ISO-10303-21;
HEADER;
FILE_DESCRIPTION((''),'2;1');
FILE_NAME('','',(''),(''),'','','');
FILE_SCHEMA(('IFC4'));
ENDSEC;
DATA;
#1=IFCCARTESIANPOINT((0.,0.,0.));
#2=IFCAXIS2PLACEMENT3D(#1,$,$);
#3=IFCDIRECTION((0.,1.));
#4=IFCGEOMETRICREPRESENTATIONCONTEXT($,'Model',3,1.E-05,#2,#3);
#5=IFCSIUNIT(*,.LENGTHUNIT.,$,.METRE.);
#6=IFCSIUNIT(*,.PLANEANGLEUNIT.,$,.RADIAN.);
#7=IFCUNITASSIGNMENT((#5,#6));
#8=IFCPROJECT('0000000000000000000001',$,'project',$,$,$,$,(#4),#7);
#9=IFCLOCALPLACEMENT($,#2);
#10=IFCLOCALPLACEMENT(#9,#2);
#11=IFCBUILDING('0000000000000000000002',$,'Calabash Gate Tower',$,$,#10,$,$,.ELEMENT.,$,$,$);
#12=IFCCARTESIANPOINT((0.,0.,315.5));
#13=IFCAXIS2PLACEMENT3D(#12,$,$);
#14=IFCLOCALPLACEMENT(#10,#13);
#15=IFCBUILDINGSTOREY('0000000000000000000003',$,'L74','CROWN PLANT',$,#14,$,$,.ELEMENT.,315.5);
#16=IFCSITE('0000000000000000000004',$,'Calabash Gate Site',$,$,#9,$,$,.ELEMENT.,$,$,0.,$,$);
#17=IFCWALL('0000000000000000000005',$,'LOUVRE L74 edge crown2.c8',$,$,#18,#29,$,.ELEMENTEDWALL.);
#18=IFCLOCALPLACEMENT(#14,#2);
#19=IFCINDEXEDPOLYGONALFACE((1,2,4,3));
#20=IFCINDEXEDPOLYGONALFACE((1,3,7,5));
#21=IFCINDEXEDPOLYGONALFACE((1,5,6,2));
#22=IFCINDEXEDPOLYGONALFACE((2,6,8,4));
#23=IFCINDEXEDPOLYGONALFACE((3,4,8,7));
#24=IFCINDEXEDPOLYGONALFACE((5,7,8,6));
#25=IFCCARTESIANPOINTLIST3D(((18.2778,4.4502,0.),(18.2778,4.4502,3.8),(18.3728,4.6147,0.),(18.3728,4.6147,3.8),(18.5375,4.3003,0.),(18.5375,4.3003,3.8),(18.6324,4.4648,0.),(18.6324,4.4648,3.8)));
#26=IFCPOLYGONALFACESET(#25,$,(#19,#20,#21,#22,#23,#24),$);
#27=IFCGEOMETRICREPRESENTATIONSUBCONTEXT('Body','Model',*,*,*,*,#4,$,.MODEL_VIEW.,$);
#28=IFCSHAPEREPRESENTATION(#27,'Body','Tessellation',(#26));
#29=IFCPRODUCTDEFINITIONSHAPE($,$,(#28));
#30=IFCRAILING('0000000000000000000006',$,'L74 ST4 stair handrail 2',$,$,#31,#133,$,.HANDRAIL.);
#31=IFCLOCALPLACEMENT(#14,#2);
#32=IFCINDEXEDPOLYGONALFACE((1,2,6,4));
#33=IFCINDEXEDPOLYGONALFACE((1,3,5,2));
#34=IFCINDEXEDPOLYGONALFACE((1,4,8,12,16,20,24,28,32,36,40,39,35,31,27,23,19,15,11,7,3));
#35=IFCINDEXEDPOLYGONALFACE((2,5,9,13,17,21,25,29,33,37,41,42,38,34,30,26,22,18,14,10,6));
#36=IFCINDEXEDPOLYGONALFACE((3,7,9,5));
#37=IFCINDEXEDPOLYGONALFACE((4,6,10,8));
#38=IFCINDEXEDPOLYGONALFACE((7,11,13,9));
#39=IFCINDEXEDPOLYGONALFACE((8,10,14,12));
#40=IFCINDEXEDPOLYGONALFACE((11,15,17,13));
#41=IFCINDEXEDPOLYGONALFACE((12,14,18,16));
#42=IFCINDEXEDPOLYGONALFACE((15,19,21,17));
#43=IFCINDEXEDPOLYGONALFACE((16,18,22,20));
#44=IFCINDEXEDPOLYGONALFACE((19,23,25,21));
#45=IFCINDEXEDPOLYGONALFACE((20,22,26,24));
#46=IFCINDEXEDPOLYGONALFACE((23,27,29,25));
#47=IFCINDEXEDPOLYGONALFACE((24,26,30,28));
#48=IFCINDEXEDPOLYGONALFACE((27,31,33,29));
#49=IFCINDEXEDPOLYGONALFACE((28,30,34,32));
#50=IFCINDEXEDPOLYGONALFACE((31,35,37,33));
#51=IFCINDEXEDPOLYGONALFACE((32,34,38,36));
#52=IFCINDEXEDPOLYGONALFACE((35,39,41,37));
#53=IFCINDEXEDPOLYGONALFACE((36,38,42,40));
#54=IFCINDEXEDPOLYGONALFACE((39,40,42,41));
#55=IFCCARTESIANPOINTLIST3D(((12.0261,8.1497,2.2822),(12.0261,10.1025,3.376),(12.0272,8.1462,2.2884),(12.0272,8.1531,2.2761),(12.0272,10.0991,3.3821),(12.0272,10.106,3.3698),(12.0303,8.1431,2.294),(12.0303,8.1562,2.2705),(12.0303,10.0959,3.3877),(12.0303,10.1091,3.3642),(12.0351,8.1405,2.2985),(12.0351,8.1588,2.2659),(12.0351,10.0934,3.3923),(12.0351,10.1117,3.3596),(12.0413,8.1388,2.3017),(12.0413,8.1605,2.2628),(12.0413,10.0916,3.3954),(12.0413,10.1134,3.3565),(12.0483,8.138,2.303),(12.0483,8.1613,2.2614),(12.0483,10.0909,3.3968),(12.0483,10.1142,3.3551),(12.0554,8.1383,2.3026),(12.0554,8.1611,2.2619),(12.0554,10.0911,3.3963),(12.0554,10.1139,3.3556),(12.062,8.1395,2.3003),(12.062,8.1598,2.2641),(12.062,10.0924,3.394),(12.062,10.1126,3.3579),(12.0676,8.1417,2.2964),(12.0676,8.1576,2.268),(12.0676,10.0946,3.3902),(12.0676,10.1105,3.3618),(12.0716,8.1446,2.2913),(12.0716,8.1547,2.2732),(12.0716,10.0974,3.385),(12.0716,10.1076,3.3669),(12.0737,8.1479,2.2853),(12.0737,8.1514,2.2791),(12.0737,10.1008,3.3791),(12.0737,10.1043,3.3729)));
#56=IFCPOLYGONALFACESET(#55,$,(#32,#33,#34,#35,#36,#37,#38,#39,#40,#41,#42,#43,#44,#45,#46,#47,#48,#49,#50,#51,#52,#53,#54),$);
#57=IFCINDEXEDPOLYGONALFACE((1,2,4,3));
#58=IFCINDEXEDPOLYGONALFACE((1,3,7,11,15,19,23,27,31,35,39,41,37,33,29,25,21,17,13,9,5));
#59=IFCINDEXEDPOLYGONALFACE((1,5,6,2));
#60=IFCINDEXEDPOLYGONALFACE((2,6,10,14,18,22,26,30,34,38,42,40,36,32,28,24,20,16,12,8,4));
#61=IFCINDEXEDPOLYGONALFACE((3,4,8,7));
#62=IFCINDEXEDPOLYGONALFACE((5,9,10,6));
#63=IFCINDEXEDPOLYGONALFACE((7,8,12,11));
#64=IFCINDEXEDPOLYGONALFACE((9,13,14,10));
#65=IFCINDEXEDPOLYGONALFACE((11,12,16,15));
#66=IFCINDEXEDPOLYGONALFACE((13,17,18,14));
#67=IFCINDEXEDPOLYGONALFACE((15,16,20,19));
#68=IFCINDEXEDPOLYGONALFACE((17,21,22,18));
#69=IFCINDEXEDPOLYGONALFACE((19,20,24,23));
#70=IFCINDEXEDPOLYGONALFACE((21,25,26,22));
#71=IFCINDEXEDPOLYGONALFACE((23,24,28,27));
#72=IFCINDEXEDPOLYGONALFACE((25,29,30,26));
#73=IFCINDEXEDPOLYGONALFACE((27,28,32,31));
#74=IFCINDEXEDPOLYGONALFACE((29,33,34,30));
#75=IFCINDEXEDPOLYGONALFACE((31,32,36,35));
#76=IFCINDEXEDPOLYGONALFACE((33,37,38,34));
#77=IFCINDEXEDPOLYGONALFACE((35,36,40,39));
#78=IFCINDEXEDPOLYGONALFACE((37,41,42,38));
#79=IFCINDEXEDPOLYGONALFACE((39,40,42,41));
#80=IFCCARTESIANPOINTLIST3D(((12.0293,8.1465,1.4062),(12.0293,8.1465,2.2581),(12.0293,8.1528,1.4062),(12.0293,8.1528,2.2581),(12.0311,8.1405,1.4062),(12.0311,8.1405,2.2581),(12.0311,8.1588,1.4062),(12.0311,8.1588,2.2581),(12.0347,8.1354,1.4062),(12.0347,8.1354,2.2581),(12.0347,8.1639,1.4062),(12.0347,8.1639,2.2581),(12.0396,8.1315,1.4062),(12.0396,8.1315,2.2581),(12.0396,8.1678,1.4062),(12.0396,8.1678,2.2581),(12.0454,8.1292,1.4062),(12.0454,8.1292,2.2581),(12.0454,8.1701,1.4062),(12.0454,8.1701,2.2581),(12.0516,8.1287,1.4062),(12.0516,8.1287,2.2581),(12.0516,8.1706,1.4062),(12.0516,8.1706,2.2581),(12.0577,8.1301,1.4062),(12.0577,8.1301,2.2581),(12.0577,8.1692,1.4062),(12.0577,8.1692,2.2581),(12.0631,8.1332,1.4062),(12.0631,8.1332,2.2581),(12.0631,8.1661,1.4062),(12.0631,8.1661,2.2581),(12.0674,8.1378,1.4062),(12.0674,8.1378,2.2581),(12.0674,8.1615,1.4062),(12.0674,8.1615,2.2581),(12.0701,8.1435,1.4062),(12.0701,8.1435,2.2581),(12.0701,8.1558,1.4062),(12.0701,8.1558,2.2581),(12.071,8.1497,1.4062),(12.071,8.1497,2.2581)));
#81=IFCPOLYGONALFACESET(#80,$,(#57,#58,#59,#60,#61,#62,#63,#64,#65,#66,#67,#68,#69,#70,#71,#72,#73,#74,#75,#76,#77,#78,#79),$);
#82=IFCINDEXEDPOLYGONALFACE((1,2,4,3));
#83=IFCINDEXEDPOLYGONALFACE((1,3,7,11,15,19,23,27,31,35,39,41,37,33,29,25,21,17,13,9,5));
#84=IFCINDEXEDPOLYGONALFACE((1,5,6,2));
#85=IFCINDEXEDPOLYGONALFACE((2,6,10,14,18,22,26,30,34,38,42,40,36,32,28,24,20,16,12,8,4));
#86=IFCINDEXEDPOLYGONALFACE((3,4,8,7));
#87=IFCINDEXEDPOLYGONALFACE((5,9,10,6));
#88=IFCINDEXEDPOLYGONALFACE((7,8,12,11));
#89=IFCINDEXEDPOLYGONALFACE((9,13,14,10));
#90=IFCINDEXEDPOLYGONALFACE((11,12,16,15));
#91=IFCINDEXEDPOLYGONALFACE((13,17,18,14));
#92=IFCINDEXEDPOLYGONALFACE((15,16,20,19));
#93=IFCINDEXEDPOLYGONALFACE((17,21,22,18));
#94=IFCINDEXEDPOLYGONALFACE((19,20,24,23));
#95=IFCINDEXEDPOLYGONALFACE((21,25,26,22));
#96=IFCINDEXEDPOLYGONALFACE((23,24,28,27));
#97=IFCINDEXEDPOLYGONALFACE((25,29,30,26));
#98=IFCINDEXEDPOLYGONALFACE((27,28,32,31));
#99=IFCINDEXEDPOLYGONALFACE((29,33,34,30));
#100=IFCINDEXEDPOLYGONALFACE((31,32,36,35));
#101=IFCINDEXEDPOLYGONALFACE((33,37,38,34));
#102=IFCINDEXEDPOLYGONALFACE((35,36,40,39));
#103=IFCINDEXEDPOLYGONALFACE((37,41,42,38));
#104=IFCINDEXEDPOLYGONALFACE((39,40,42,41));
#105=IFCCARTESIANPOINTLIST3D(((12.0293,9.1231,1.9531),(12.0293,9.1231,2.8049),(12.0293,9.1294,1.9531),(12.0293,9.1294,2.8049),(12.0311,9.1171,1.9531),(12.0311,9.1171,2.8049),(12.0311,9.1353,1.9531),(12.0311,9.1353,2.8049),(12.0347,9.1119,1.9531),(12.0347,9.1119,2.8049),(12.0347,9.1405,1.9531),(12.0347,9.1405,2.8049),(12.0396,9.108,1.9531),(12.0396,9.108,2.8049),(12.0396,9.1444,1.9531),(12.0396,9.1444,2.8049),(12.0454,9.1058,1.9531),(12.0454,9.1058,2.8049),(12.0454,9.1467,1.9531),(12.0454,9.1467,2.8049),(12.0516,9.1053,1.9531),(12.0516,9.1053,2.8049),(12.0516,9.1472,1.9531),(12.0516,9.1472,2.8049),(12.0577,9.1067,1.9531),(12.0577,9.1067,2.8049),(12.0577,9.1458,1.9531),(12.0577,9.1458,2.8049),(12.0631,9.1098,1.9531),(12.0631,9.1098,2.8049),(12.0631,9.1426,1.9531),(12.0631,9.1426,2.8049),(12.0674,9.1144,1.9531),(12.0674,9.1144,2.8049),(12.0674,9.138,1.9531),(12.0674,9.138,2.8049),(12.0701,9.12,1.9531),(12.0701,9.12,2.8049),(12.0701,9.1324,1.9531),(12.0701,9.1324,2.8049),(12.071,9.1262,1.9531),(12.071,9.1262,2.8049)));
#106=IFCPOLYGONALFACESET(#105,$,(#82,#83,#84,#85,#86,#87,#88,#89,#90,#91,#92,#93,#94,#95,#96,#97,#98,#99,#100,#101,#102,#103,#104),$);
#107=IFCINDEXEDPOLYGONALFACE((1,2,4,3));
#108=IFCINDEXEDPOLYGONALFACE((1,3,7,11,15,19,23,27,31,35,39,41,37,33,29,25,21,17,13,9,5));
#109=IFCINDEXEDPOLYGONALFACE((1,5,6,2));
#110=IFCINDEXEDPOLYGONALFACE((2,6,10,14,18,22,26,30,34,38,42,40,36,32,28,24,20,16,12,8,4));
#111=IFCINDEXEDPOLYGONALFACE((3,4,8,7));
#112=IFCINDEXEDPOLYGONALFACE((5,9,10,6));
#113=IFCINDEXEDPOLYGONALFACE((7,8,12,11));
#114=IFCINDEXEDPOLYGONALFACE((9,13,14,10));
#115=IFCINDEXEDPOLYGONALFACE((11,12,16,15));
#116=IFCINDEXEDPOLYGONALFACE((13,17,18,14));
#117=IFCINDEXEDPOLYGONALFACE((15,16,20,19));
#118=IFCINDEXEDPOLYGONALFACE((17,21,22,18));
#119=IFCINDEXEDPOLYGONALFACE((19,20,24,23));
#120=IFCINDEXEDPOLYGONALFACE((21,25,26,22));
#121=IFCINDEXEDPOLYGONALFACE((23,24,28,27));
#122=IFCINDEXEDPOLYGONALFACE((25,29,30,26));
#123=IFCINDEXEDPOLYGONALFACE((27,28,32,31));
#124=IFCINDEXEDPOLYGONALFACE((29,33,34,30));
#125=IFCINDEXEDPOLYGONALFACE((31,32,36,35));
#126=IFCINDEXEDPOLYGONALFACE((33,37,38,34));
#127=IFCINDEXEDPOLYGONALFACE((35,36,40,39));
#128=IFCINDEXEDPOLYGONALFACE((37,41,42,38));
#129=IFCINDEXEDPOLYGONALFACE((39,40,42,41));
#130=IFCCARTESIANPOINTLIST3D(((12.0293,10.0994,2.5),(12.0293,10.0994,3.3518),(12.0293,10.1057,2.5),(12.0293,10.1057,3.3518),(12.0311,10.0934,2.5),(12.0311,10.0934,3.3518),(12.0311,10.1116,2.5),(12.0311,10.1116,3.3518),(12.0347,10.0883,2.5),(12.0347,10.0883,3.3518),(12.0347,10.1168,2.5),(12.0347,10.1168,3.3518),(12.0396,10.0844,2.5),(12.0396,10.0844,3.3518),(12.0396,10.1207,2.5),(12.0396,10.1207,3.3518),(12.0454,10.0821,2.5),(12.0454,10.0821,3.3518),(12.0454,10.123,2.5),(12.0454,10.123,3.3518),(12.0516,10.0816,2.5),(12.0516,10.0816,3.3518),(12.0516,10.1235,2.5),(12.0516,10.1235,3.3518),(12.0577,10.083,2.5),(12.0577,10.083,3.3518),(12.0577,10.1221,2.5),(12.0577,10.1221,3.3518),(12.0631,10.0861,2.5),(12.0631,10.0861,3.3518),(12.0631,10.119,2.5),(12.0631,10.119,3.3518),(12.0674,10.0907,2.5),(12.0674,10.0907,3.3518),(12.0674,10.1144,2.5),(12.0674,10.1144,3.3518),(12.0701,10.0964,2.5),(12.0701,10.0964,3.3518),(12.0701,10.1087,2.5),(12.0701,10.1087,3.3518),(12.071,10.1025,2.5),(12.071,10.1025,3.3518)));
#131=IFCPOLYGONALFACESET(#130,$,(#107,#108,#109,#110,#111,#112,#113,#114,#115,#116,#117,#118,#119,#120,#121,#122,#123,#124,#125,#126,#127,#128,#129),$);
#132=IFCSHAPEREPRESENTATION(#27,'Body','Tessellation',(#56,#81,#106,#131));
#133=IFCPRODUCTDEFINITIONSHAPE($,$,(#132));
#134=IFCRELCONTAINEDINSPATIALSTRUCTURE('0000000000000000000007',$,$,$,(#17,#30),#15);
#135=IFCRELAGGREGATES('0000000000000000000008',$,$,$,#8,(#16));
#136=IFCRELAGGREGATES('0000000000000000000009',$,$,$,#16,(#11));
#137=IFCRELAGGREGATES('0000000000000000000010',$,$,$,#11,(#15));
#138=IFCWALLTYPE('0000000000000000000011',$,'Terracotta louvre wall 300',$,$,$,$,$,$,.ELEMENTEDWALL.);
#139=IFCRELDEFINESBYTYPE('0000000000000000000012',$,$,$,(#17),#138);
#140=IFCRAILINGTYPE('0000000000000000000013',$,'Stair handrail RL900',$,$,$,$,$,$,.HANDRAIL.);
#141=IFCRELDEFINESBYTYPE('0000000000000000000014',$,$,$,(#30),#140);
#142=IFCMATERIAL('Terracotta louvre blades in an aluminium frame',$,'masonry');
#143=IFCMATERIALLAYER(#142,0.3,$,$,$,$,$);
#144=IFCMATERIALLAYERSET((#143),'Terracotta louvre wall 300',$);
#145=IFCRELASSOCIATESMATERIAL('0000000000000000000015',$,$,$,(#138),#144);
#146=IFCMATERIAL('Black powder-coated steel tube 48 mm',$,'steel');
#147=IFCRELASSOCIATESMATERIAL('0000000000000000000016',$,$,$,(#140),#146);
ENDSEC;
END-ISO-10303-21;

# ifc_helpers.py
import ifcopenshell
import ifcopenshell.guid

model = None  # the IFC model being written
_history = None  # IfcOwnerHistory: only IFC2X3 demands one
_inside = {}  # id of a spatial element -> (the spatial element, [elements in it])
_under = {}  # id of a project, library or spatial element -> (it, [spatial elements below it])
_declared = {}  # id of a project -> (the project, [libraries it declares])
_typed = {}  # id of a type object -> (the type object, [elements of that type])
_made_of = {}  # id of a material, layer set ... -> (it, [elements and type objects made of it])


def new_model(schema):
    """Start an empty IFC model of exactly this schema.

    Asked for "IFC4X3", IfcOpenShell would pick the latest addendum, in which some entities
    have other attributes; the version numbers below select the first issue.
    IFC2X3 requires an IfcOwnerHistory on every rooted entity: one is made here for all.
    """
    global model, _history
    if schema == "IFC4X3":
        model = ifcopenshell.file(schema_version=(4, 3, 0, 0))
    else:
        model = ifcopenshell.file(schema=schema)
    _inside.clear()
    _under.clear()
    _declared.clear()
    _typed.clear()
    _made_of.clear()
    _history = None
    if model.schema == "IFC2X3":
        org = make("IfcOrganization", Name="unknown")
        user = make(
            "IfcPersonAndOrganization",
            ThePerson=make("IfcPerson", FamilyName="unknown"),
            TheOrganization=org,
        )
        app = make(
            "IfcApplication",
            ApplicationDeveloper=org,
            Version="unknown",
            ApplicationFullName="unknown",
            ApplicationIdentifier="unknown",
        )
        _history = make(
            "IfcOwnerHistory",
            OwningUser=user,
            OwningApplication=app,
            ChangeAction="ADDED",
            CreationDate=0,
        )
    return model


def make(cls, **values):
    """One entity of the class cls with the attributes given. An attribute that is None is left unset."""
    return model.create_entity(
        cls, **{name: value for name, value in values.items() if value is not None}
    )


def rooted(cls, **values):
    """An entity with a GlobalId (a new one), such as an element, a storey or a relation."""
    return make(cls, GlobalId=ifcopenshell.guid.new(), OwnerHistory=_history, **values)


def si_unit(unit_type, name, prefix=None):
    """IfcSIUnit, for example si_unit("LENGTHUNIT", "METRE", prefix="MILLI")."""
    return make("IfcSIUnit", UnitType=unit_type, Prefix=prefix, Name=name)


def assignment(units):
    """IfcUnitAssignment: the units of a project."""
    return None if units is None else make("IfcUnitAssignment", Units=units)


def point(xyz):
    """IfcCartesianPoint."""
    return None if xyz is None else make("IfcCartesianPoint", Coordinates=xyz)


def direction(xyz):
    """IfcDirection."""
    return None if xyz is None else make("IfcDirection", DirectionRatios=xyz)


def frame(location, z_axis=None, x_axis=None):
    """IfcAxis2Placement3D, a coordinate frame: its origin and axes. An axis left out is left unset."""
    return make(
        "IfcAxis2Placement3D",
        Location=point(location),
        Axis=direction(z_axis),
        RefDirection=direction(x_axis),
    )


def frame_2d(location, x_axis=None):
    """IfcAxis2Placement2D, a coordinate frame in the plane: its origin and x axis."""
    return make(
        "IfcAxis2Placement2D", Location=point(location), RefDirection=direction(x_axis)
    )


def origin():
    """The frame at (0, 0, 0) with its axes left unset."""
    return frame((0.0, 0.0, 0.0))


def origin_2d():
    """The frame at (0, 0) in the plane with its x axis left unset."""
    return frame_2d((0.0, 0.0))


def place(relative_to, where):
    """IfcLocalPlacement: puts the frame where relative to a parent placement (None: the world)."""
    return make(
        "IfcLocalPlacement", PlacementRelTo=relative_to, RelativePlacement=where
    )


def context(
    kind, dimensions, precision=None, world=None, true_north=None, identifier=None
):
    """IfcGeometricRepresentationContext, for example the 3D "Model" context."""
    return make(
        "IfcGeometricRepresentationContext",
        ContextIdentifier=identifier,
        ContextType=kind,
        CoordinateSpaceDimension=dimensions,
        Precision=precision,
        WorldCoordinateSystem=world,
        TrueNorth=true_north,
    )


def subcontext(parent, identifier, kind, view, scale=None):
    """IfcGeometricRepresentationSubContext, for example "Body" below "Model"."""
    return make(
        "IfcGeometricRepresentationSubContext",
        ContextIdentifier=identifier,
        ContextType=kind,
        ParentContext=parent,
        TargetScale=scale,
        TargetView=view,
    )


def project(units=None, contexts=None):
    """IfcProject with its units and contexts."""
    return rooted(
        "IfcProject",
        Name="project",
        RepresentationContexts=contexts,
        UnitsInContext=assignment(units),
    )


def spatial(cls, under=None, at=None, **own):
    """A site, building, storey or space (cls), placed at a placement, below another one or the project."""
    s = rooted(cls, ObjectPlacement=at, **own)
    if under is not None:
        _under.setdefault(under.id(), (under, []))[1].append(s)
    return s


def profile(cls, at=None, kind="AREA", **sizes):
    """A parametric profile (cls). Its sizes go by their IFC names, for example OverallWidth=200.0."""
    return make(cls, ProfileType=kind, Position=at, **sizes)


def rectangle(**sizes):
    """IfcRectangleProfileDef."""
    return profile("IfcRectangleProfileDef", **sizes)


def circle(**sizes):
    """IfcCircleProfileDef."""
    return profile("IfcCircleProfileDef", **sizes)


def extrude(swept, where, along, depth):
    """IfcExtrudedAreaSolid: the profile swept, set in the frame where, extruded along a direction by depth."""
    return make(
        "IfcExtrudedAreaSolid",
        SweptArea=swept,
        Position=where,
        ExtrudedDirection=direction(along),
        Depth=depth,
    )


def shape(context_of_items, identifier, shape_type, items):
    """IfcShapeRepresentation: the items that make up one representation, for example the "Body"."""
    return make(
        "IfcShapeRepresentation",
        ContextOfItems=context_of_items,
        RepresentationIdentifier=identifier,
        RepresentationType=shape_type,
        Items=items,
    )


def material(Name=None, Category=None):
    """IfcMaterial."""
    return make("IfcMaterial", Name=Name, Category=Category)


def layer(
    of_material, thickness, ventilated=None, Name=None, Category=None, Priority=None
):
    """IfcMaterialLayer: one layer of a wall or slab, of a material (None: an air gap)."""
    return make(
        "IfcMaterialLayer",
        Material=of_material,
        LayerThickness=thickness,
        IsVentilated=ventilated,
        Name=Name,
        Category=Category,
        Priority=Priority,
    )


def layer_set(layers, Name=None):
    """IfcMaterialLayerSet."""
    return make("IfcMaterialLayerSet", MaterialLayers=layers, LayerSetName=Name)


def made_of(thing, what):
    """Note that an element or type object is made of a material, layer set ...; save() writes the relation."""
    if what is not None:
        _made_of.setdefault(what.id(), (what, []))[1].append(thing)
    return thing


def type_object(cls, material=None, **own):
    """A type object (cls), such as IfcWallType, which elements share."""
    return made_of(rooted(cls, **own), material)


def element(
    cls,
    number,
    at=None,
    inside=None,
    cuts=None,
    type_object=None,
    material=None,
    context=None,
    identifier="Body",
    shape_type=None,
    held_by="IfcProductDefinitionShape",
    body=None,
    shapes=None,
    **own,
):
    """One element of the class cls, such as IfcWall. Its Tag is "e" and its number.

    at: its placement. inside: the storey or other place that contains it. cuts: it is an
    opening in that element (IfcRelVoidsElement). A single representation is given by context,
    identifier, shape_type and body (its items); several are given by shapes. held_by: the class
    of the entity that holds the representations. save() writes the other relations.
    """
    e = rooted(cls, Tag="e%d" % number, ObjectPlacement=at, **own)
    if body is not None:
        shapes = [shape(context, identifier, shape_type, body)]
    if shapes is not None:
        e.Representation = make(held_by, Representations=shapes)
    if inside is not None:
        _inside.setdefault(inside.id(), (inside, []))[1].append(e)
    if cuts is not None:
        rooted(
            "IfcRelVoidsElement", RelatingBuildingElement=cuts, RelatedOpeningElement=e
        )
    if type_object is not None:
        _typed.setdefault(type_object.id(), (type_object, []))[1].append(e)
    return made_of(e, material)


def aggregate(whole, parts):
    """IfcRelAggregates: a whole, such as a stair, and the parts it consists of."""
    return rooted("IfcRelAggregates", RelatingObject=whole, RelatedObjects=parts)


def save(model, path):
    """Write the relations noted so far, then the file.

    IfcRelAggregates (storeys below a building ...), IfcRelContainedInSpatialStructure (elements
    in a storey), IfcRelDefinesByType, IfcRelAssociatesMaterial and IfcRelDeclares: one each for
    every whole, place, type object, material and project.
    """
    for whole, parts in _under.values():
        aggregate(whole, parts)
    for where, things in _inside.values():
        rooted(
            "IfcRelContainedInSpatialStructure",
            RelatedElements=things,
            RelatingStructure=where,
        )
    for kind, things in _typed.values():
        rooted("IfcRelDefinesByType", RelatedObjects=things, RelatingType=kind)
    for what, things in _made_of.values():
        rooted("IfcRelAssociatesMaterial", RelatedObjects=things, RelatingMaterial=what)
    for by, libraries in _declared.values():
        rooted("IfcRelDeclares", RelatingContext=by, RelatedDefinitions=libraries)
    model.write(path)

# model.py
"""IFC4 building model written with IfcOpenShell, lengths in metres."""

from ifc_helpers import new_model, si_unit, direction, frame, frame_2d, origin, origin_2d, place, context, subcontext, project, spatial, rectangle, circle, extrude, material, layer, layer_set, type_object, element, save


model = new_model("IFC4")

# Units and contexts
model_context = context("Model", 3, precision=1e-05, world=origin(), true_north=direction((0.0, 1.0)))
body_context = subcontext(model_context, "Body", "Model", "MODEL_VIEW")
ifc_project = project(units=[si_unit("LENGTHUNIT", "METRE"), si_unit("PLANEANGLEUNIT", "RADIAN")], contexts=[model_context])

# Site, building, storey
site_placement = place(None, origin())
site = spatial("IfcSite", under=ifc_project, at=site_placement, Name="Calabash Gate Site", CompositionType="ELEMENT", RefElevation=0.0)
building_placement = place(site_placement, origin())
building = spatial("IfcBuilding", under=site, at=building_placement, Name="Calabash Gate Tower", CompositionType="ELEMENT")
storey_placement = place(building_placement, frame((0.0, 0.0, 315.5)))
storey = spatial("IfcBuildingStorey", under=building, at=storey_placement, Name="L74", Description="CROWN PLANT", CompositionType="ELEMENT", Elevation=315.5)

# Wall
ifc_material_1 = material(Name="Terracotta louvre blades in an aluminium frame", Category="masonry")
ifc_layer_1 = layer(ifc_material_1, 0.3)
ifc_layer_set_1 = layer_set([ifc_layer_1], Name="Terracotta louvre wall 300")
wall_type_1 = type_object("IfcWallType", Name="Terracotta louvre wall 300", PredefinedType="ELEMENTEDWALL", material=ifc_layer_set_1)
wall_1_placement = place(storey_placement, frame((18.585, 4.3826, 0.0), z_axis=(0.0, 0.0, 1.0), x_axis=(-0.866131, 0.499816, 0.0)))
element("IfcWall", 1, at=wall_1_placement, inside=storey, type_object=wall_type_1, Name="LOUVRE L74 edge crown2.c8", PredefinedType="ELEMENTEDWALL", context=body_context, shape_type="SweptSolid", body=[
    extrude(rectangle(XDim=0.2998, YDim=0.1899, at=frame_2d((0.1499, 0.0))), origin(), (0.0, 0.0, 1.0), 3.8),
])

# Railing
ifc_material_2 = material(Name="Black powder-coated steel tube 48 mm", Category="steel")
railing_type = type_object("IfcRailingType", Name="Stair handrail RL900", PredefinedType="HANDRAIL", material=ifc_material_2)
for number, where, name in (
    (2, (12.05, 8.1497, 1.4062), "L74 ST4 stair handrail 2"),
):
    element("IfcRailing", number, at=place(storey_placement, frame(where)), inside=storey, type_object=railing_type, Name=name, PredefinedType="HANDRAIL", context=body_context, shape_type="SweptSolid", body=[
        extrude(circle(Radius=0.0239, at=origin_2d()), frame((0.0, 0.0, 0.876), z_axis=(0.0, 0.87248, 0.48865), x_axis=(-1.0, 0.0, 0.0)), (0.0, 0.0, 1.0), 2.2383),
        extrude(circle(Radius=0.021, at=origin_2d()), origin(), (0.0, 0.0, 1.0), 0.8518),
        extrude(circle(Radius=0.021, at=origin_2d()), frame((0.0, 0.9766, 0.5469)), (0.0, 0.0, 1.0), 0.8518),
        extrude(circle(Radius=0.021, at=origin_2d()), frame((0.0, 1.9529, 1.0938)), (0.0, 0.0, 1.0), 0.8518),
    ])

save(model, "model.ifc")
